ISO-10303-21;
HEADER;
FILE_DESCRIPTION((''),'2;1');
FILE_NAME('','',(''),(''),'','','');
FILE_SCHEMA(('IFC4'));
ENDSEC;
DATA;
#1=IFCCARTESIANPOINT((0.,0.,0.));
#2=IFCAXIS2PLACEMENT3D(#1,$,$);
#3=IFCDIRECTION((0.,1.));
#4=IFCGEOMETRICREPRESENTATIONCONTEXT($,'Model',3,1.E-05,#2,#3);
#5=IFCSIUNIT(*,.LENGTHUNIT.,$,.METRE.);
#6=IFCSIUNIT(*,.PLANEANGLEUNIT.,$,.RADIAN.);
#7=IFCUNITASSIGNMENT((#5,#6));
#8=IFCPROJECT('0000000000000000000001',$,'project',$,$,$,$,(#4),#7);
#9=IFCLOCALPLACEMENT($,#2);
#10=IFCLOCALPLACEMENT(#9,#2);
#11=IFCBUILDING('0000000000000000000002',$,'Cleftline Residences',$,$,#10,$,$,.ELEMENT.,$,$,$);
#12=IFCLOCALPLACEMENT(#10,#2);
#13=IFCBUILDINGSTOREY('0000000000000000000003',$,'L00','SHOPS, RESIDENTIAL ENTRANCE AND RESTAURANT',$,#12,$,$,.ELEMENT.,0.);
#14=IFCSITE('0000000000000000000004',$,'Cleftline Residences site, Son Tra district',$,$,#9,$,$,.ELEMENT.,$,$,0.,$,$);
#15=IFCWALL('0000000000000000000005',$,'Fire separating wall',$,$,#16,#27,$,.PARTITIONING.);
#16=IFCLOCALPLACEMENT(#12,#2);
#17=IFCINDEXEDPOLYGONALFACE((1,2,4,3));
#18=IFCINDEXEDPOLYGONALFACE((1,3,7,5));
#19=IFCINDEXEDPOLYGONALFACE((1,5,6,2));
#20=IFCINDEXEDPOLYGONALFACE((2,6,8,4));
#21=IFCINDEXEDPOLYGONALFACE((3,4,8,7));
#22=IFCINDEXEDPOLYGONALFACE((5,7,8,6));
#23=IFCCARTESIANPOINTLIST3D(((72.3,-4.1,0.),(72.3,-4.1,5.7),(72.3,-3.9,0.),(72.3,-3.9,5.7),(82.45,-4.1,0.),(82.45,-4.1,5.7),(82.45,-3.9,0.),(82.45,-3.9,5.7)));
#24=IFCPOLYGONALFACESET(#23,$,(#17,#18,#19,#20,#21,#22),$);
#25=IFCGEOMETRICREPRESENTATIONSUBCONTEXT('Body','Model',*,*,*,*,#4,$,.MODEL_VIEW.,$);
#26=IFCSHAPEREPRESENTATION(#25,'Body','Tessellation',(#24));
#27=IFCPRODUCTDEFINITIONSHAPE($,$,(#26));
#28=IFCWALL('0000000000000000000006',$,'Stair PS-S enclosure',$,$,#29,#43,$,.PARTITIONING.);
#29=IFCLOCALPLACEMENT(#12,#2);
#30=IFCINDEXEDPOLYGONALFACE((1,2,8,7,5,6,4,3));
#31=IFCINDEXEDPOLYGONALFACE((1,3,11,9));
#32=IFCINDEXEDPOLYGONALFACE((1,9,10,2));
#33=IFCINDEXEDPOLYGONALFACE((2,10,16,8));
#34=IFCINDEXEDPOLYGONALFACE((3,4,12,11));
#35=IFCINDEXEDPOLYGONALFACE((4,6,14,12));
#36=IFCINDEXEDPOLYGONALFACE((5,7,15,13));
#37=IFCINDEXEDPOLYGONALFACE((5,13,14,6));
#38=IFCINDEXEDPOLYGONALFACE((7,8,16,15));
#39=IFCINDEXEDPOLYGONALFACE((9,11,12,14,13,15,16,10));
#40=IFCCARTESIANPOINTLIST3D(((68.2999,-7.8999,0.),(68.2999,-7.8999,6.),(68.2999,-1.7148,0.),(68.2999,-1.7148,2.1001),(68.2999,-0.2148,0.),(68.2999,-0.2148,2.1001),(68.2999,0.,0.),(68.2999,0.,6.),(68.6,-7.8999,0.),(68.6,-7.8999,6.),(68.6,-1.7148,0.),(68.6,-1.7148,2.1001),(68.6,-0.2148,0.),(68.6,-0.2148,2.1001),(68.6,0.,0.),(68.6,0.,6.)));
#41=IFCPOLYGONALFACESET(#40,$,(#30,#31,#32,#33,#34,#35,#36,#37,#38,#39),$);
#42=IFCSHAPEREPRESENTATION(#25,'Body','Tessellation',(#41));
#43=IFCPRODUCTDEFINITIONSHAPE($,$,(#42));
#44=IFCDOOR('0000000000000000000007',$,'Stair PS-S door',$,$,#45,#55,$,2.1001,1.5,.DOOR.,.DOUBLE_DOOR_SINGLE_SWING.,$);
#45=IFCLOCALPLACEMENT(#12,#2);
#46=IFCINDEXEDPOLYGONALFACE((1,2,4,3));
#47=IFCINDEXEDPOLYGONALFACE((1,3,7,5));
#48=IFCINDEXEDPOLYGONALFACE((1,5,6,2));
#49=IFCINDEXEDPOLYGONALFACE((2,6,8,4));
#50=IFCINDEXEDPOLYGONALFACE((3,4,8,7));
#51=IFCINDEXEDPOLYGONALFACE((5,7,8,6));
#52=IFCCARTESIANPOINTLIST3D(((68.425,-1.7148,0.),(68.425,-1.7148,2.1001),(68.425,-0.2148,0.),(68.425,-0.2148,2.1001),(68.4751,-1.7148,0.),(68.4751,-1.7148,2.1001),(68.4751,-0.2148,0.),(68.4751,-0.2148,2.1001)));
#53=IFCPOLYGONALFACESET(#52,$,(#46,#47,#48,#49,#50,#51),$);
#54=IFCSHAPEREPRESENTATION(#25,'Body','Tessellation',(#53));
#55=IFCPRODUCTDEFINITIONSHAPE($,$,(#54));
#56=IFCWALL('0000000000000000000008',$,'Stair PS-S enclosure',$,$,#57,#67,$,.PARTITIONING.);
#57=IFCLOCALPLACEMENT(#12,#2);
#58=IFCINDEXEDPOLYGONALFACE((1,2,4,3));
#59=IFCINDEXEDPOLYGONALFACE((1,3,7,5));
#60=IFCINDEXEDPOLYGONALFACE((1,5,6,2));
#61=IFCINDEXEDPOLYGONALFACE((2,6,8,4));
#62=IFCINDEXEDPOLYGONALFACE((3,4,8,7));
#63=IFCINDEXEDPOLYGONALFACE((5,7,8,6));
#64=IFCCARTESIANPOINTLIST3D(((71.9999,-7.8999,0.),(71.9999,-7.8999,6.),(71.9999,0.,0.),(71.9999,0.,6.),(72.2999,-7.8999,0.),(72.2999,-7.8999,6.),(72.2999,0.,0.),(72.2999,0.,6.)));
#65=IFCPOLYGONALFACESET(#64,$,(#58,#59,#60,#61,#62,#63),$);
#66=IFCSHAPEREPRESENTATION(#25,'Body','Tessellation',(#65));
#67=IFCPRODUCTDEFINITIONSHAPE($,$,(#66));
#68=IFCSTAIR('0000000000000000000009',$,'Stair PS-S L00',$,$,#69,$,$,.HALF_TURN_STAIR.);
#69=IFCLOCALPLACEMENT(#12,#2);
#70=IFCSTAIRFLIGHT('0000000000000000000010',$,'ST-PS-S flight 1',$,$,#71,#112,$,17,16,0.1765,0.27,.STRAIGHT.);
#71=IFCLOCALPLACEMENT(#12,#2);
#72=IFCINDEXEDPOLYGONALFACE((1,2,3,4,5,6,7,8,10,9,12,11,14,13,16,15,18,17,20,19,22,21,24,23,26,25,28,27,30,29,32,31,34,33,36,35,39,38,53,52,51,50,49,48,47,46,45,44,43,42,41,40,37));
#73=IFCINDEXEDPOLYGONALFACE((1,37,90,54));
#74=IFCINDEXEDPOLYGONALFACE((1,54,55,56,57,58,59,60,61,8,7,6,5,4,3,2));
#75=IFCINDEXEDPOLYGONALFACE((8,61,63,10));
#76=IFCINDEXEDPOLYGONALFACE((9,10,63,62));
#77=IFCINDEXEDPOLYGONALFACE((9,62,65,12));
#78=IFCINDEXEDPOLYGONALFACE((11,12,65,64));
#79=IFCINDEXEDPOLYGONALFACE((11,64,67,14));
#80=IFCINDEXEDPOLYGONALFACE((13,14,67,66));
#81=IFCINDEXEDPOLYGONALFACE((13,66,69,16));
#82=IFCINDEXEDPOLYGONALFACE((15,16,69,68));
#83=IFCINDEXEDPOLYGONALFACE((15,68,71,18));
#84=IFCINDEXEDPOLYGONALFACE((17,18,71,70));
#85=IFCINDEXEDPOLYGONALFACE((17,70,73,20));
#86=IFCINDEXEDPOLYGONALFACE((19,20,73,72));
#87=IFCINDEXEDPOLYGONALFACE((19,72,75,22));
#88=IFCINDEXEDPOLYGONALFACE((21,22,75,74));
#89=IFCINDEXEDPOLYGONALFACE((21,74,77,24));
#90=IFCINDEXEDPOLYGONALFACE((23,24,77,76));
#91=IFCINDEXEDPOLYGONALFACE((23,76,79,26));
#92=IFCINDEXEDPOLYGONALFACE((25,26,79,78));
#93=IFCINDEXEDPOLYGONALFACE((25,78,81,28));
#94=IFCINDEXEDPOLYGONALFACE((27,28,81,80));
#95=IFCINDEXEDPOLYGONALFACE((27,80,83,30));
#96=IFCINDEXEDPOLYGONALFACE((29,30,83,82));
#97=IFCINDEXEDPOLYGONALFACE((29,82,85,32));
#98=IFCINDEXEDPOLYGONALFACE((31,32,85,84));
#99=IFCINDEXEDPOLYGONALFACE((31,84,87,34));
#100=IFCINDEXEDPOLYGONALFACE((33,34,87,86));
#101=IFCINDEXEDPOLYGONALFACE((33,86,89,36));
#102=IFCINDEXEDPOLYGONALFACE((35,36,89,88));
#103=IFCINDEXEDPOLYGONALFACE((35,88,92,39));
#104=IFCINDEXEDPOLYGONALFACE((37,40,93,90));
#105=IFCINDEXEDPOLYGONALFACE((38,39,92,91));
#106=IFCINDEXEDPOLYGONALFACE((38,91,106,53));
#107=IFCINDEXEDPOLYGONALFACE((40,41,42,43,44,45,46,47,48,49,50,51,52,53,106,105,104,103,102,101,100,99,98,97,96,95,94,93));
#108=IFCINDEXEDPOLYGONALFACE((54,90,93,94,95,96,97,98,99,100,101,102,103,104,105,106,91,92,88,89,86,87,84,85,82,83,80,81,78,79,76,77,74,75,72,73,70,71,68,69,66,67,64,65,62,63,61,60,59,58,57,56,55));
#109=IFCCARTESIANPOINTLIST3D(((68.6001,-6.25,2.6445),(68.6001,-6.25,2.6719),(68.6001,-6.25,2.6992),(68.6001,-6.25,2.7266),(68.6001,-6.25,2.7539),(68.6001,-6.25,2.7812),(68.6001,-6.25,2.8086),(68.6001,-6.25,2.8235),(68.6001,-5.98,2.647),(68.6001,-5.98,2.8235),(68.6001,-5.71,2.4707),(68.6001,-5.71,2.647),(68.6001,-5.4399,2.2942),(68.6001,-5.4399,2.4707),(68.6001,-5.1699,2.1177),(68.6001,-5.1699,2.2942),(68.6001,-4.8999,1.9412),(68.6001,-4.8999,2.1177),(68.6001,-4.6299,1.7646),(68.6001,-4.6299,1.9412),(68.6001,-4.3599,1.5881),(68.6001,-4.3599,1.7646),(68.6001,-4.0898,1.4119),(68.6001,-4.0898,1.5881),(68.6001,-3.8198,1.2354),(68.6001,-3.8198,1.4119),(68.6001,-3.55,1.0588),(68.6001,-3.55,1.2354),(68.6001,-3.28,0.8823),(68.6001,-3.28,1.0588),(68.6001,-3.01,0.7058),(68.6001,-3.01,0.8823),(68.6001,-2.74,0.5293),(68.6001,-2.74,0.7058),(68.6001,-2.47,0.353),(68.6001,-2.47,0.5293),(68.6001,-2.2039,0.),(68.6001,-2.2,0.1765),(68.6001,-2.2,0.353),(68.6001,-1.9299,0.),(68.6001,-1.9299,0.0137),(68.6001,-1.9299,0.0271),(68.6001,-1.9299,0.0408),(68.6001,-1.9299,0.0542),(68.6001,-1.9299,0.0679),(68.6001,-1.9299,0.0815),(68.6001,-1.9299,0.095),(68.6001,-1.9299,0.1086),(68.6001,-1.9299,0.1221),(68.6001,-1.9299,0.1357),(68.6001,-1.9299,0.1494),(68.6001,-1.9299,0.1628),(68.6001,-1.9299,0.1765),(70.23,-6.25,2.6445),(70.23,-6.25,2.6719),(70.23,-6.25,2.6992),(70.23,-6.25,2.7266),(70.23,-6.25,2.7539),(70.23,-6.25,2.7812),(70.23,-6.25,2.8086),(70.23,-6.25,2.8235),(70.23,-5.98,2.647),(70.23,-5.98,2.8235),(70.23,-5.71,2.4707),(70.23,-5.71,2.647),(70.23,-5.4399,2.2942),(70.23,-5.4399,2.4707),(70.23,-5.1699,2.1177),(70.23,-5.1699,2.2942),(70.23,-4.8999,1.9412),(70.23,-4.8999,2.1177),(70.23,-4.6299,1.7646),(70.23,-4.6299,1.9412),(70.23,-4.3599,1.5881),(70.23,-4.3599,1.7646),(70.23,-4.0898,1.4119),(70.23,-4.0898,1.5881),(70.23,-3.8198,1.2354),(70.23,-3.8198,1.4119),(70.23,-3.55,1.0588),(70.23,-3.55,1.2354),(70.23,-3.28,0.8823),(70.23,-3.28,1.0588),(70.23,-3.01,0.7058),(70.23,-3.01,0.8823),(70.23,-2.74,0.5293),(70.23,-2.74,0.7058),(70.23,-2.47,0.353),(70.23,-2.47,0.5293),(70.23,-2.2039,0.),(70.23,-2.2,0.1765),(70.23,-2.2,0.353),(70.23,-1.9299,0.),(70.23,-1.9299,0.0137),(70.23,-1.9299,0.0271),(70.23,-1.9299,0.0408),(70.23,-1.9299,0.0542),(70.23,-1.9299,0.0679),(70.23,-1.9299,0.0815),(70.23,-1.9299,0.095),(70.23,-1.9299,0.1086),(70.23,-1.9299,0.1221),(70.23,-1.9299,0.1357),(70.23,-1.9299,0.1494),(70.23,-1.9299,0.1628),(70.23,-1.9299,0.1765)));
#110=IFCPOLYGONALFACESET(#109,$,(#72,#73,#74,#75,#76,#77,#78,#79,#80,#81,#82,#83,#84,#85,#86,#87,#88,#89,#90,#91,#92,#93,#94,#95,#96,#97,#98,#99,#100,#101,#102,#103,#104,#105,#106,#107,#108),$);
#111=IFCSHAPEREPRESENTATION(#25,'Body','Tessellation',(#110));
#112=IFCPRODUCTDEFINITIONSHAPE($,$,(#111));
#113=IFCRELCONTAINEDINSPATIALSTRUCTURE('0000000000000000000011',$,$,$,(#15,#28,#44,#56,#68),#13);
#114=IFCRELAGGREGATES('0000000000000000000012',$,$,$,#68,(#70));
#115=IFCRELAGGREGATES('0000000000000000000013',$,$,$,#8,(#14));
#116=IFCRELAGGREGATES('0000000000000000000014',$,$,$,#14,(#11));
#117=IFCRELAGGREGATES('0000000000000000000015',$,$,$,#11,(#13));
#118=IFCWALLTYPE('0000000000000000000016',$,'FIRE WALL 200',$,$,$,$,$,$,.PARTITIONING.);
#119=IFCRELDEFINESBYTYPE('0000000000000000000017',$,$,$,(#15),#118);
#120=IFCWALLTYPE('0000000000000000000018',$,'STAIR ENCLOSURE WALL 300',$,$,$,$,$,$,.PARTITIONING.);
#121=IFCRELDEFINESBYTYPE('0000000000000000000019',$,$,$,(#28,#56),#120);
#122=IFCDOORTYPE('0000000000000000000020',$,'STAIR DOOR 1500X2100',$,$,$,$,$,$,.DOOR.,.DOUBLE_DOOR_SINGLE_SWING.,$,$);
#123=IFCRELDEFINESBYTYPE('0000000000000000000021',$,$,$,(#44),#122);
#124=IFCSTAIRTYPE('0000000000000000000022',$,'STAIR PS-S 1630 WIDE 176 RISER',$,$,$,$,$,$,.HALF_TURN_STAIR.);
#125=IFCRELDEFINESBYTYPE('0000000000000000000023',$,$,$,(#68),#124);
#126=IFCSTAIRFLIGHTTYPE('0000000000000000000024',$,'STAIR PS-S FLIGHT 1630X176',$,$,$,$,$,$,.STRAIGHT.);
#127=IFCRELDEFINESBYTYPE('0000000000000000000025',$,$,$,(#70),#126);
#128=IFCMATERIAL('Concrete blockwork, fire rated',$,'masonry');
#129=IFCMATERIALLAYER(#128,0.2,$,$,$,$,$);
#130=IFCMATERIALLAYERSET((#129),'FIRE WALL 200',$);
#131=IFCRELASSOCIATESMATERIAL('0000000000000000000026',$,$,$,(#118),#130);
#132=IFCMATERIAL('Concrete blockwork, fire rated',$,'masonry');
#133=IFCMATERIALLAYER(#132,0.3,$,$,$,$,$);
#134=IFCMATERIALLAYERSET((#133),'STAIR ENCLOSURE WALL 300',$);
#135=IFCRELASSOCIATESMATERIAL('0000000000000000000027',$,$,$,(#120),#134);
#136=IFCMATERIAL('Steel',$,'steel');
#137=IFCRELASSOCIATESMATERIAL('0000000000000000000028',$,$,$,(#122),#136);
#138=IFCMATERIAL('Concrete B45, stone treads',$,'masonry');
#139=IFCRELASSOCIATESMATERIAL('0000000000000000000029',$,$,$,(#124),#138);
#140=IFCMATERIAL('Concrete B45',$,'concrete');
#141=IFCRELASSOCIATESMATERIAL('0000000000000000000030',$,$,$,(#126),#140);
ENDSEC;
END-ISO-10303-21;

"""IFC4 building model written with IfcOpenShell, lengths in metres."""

from ifc_helpers import new_model, si_unit, direction, frame, frame_2d, origin, place, context, subcontext, project, spatial, polyline, rectangle, outline, extrude, material, layer, layer_set, type_object, element, fill, aggregate, save


model = new_model("IFC4")

# Units and contexts
model_context = context("Model", 3, precision=1e-05, world=origin(), true_north=direction((0.0, 1.0)))
body_context = subcontext(model_context, "Body", "Model", "MODEL_VIEW")
ifc_project = project(units=[si_unit("LENGTHUNIT", "METRE"), si_unit("PLANEANGLEUNIT", "RADIAN")], contexts=[model_context])

# Site, building, storey
site_placement = place(None, origin())
site = spatial("IfcSite", under=ifc_project, at=site_placement, Name="Cleftline Residences site, Son Tra district", CompositionType="ELEMENT", RefElevation=0.0)
building_placement = place(site_placement, origin())
building = spatial("IfcBuilding", under=site, at=building_placement, Name="Cleftline Residences", CompositionType="ELEMENT")
storey_placement = place(building_placement, origin())
storey = spatial("IfcBuildingStorey", under=building, at=storey_placement, Name="L00", Description="SHOPS, RESIDENTIAL ENTRANCE AND RESTAURANT", CompositionType="ELEMENT", Elevation=0.0)

# Wall
ifc_material_1 = material(Name="Concrete blockwork, fire rated", Category="masonry")
ifc_layer_1 = layer(ifc_material_1, 0.2)
ifc_layer_set_1 = layer_set([ifc_layer_1], Name="FIRE WALL 200")
wall_type_1 = type_object("IfcWallType", Name="FIRE WALL 200", PredefinedType="PARTITIONING", material=ifc_layer_set_1)
wall_1_placement = place(storey_placement, frame((72.3, -4.0, 0.0), z_axis=(0.0, 0.0, 1.0), x_axis=(1.0, 0.0, 0.0)))
element("IfcWall", 1, at=wall_1_placement, inside=storey, type_object=wall_type_1, Name="Fire separating wall", PredefinedType="PARTITIONING", context=body_context, shape_type="SweptSolid", body=[
    extrude(rectangle(XDim=10.1499, YDim=0.2, at=frame_2d((5.075, 0.0))), origin(), (0.0, 0.0, 1.0), 5.7),
])

# Wall, opening, door
ifc_material_2 = material(Name="Concrete blockwork, fire rated", Category="masonry")
ifc_layer_2 = layer(ifc_material_2, 0.3)
ifc_layer_set_2 = layer_set([ifc_layer_2], Name="STAIR ENCLOSURE WALL 300")
wall_type_2 = type_object("IfcWallType", Name="STAIR ENCLOSURE WALL 300", PredefinedType="PARTITIONING", material=ifc_layer_set_2)
wall_2_placement = place(storey_placement, frame((68.45, -7.8999, 0.0), z_axis=(0.0, 0.0, 1.0), x_axis=(0.0, 1.0, 0.0)))
wall_2 = element("IfcWall", 2, at=wall_2_placement, inside=storey, type_object=wall_type_2, Name="Stair PS-S enclosure", PredefinedType="PARTITIONING", context=body_context, shape_type="SweptSolid", body=[
    extrude(rectangle(XDim=7.8999, YDim=0.3, at=frame_2d((3.95, 0.0))), origin(), (0.0, 0.0, 1.0), 6.0),
])
opening_1_placement = place(wall_2_placement, frame((6.1851, 0.0, 0.0)))
opening_1 = element("IfcOpeningElement", 3, at=opening_1_placement, cuts=wall_2, PredefinedType="OPENING", context=body_context, shape_type="SweptSolid", body=[
    extrude(rectangle(XDim=1.5, YDim=2.1001, at=frame_2d((0.75, 1.05))), frame((0.0, 0.1599, 0.0), z_axis=(0.0, -1.0, 0.0), x_axis=(1.0, 0.0, 0.0)), (0.0, 0.0, 1.0), 0.3201),
])
ifc_material_3 = material(Name="Steel", Category="steel")
door_type = type_object("IfcDoorType", Name="STAIR DOOR 1500X2100", OperationType="DOUBLE_DOOR_SINGLE_SWING", PredefinedType="DOOR", material=ifc_material_3)
door_placement = place(opening_1_placement, origin())
door = element("IfcDoor", 4, at=door_placement, inside=storey, type_object=door_type, Name="Stair PS-S door", OperationType="DOUBLE_DOOR_SINGLE_SWING", OverallHeight=2.1001, OverallWidth=1.5, PredefinedType="DOOR", context=body_context, shape_type="SweptSolid", body=[
    extrude(rectangle(XDim=1.5, YDim=2.1001, at=frame_2d((0.75, 1.05))), frame((0.0, 0.0249, 0.0), z_axis=(0.0, -1.0, 0.0), x_axis=(1.0, 0.0, 0.0)), (0.0, 0.0, 1.0), 0.05),
])
fill(opening_1, door)

# Wall
wall_3_placement = place(storey_placement, frame((72.1499, -7.8999, 0.0), z_axis=(0.0, 0.0, 1.0), x_axis=(0.0, 1.0, 0.0)))
element("IfcWall", 5, at=wall_3_placement, inside=storey, type_object=wall_type_2, Name="Stair PS-S enclosure", PredefinedType="PARTITIONING", context=body_context, shape_type="SweptSolid", body=[
    extrude(rectangle(XDim=7.8999, YDim=0.3, at=frame_2d((3.95, 0.0))), origin(), (0.0, 0.0, 1.0), 6.0),
])

# Stair, stair flight
ifc_material_4 = material(Name="Concrete B45, stone treads", Category="masonry")
stair_type = type_object("IfcStairType", Name="STAIR PS-S 1630 WIDE 176 RISER", PredefinedType="HALF_TURN_STAIR", material=ifc_material_4)
stair_placement = place(storey_placement, origin())
stair = element("IfcStair", 6, at=stair_placement, inside=storey, type_object=stair_type, Name="Stair PS-S L00", PredefinedType="HALF_TURN_STAIR")
ifc_material_5 = material(Name="Concrete B45", Category="concrete")
stair_flight_type = type_object("IfcStairFlightType", Name="STAIR PS-S FLIGHT 1630X176", PredefinedType="STRAIGHT", material=ifc_material_5)
stair_flight_1_placement = place(storey_placement, frame((69.415, -1.9299, 0.0), z_axis=(0.0, 0.0, 1.0), x_axis=(0.0, -1.0, 0.0)))
stair_flight_1 = element("IfcStairFlight", 7, at=stair_flight_1_placement, type_object=stair_flight_type, Name="ST-PS-S flight 1", NumberOfRisers=17, NumberOfTreads=16, PredefinedType="STRAIGHT", RiserHeight=0.1765, TreadLength=0.27, context=body_context, shape_type="SweptSolid", body=[
    extrude(outline(polyline([(0.0, 0.0), (0.0, 0.0137), (0.0, 0.0271), (0.0, 0.0408), (0.0, 0.0542), (0.0, 0.0679), (0.0, 0.0815), (0.0, 0.095), (0.0, 0.1086), (0.0, 0.1221), (0.0, 0.1357), (0.0, 0.1494), (0.0, 0.1628), (0.0, 0.1765), (0.27, 0.1765), (0.27, 0.353), (0.54, 0.353), (0.54, 0.5293), (0.8101, 0.5293), (0.8101, 0.7058), (1.0801, 0.7058), (1.0801, 0.8823), (1.3501, 0.8823), (1.3501, 1.0588), (1.6201, 1.0588), (1.6201, 1.2354), (1.8899, 1.2354), (1.8899, 1.4119), (2.1599, 1.4119), (2.1599, 1.5881), (2.4299, 1.5881), (2.4299, 1.7646), (2.7, 1.7646), (2.7, 1.9412), (2.97, 1.9412), (2.97, 2.1177), (3.24, 2.1177), (3.24, 2.2942), (3.51, 2.2942), (3.51, 2.4707), (3.78, 2.4707), (3.78, 2.647), (4.05, 2.647), (4.05, 2.8235), (4.3201, 2.8235), (4.3201, 3.0), (4.3201, 2.9727), (4.3201, 2.9453), (4.3201, 2.918), (4.3201, 2.8906), (4.3201, 2.8633), (4.3201, 2.8359), (4.3201, 2.8086), (4.3201, 2.7812), (4.3201, 2.7539), (4.3201, 2.7266), (4.3201, 2.6992), (4.3201, 2.6719), (4.3201, 2.6445), (0.2739, 0.0), (0.0, 0.0)])), frame((0.0, 0.8149, 0.0), z_axis=(0.0, -1.0, 0.0), x_axis=(1.0, 0.0, 0.0)), (0.0, 0.0, 1.0), 1.6299),
])
aggregate(stair, [stair_flight_1])

save(model, "model.ifc")
